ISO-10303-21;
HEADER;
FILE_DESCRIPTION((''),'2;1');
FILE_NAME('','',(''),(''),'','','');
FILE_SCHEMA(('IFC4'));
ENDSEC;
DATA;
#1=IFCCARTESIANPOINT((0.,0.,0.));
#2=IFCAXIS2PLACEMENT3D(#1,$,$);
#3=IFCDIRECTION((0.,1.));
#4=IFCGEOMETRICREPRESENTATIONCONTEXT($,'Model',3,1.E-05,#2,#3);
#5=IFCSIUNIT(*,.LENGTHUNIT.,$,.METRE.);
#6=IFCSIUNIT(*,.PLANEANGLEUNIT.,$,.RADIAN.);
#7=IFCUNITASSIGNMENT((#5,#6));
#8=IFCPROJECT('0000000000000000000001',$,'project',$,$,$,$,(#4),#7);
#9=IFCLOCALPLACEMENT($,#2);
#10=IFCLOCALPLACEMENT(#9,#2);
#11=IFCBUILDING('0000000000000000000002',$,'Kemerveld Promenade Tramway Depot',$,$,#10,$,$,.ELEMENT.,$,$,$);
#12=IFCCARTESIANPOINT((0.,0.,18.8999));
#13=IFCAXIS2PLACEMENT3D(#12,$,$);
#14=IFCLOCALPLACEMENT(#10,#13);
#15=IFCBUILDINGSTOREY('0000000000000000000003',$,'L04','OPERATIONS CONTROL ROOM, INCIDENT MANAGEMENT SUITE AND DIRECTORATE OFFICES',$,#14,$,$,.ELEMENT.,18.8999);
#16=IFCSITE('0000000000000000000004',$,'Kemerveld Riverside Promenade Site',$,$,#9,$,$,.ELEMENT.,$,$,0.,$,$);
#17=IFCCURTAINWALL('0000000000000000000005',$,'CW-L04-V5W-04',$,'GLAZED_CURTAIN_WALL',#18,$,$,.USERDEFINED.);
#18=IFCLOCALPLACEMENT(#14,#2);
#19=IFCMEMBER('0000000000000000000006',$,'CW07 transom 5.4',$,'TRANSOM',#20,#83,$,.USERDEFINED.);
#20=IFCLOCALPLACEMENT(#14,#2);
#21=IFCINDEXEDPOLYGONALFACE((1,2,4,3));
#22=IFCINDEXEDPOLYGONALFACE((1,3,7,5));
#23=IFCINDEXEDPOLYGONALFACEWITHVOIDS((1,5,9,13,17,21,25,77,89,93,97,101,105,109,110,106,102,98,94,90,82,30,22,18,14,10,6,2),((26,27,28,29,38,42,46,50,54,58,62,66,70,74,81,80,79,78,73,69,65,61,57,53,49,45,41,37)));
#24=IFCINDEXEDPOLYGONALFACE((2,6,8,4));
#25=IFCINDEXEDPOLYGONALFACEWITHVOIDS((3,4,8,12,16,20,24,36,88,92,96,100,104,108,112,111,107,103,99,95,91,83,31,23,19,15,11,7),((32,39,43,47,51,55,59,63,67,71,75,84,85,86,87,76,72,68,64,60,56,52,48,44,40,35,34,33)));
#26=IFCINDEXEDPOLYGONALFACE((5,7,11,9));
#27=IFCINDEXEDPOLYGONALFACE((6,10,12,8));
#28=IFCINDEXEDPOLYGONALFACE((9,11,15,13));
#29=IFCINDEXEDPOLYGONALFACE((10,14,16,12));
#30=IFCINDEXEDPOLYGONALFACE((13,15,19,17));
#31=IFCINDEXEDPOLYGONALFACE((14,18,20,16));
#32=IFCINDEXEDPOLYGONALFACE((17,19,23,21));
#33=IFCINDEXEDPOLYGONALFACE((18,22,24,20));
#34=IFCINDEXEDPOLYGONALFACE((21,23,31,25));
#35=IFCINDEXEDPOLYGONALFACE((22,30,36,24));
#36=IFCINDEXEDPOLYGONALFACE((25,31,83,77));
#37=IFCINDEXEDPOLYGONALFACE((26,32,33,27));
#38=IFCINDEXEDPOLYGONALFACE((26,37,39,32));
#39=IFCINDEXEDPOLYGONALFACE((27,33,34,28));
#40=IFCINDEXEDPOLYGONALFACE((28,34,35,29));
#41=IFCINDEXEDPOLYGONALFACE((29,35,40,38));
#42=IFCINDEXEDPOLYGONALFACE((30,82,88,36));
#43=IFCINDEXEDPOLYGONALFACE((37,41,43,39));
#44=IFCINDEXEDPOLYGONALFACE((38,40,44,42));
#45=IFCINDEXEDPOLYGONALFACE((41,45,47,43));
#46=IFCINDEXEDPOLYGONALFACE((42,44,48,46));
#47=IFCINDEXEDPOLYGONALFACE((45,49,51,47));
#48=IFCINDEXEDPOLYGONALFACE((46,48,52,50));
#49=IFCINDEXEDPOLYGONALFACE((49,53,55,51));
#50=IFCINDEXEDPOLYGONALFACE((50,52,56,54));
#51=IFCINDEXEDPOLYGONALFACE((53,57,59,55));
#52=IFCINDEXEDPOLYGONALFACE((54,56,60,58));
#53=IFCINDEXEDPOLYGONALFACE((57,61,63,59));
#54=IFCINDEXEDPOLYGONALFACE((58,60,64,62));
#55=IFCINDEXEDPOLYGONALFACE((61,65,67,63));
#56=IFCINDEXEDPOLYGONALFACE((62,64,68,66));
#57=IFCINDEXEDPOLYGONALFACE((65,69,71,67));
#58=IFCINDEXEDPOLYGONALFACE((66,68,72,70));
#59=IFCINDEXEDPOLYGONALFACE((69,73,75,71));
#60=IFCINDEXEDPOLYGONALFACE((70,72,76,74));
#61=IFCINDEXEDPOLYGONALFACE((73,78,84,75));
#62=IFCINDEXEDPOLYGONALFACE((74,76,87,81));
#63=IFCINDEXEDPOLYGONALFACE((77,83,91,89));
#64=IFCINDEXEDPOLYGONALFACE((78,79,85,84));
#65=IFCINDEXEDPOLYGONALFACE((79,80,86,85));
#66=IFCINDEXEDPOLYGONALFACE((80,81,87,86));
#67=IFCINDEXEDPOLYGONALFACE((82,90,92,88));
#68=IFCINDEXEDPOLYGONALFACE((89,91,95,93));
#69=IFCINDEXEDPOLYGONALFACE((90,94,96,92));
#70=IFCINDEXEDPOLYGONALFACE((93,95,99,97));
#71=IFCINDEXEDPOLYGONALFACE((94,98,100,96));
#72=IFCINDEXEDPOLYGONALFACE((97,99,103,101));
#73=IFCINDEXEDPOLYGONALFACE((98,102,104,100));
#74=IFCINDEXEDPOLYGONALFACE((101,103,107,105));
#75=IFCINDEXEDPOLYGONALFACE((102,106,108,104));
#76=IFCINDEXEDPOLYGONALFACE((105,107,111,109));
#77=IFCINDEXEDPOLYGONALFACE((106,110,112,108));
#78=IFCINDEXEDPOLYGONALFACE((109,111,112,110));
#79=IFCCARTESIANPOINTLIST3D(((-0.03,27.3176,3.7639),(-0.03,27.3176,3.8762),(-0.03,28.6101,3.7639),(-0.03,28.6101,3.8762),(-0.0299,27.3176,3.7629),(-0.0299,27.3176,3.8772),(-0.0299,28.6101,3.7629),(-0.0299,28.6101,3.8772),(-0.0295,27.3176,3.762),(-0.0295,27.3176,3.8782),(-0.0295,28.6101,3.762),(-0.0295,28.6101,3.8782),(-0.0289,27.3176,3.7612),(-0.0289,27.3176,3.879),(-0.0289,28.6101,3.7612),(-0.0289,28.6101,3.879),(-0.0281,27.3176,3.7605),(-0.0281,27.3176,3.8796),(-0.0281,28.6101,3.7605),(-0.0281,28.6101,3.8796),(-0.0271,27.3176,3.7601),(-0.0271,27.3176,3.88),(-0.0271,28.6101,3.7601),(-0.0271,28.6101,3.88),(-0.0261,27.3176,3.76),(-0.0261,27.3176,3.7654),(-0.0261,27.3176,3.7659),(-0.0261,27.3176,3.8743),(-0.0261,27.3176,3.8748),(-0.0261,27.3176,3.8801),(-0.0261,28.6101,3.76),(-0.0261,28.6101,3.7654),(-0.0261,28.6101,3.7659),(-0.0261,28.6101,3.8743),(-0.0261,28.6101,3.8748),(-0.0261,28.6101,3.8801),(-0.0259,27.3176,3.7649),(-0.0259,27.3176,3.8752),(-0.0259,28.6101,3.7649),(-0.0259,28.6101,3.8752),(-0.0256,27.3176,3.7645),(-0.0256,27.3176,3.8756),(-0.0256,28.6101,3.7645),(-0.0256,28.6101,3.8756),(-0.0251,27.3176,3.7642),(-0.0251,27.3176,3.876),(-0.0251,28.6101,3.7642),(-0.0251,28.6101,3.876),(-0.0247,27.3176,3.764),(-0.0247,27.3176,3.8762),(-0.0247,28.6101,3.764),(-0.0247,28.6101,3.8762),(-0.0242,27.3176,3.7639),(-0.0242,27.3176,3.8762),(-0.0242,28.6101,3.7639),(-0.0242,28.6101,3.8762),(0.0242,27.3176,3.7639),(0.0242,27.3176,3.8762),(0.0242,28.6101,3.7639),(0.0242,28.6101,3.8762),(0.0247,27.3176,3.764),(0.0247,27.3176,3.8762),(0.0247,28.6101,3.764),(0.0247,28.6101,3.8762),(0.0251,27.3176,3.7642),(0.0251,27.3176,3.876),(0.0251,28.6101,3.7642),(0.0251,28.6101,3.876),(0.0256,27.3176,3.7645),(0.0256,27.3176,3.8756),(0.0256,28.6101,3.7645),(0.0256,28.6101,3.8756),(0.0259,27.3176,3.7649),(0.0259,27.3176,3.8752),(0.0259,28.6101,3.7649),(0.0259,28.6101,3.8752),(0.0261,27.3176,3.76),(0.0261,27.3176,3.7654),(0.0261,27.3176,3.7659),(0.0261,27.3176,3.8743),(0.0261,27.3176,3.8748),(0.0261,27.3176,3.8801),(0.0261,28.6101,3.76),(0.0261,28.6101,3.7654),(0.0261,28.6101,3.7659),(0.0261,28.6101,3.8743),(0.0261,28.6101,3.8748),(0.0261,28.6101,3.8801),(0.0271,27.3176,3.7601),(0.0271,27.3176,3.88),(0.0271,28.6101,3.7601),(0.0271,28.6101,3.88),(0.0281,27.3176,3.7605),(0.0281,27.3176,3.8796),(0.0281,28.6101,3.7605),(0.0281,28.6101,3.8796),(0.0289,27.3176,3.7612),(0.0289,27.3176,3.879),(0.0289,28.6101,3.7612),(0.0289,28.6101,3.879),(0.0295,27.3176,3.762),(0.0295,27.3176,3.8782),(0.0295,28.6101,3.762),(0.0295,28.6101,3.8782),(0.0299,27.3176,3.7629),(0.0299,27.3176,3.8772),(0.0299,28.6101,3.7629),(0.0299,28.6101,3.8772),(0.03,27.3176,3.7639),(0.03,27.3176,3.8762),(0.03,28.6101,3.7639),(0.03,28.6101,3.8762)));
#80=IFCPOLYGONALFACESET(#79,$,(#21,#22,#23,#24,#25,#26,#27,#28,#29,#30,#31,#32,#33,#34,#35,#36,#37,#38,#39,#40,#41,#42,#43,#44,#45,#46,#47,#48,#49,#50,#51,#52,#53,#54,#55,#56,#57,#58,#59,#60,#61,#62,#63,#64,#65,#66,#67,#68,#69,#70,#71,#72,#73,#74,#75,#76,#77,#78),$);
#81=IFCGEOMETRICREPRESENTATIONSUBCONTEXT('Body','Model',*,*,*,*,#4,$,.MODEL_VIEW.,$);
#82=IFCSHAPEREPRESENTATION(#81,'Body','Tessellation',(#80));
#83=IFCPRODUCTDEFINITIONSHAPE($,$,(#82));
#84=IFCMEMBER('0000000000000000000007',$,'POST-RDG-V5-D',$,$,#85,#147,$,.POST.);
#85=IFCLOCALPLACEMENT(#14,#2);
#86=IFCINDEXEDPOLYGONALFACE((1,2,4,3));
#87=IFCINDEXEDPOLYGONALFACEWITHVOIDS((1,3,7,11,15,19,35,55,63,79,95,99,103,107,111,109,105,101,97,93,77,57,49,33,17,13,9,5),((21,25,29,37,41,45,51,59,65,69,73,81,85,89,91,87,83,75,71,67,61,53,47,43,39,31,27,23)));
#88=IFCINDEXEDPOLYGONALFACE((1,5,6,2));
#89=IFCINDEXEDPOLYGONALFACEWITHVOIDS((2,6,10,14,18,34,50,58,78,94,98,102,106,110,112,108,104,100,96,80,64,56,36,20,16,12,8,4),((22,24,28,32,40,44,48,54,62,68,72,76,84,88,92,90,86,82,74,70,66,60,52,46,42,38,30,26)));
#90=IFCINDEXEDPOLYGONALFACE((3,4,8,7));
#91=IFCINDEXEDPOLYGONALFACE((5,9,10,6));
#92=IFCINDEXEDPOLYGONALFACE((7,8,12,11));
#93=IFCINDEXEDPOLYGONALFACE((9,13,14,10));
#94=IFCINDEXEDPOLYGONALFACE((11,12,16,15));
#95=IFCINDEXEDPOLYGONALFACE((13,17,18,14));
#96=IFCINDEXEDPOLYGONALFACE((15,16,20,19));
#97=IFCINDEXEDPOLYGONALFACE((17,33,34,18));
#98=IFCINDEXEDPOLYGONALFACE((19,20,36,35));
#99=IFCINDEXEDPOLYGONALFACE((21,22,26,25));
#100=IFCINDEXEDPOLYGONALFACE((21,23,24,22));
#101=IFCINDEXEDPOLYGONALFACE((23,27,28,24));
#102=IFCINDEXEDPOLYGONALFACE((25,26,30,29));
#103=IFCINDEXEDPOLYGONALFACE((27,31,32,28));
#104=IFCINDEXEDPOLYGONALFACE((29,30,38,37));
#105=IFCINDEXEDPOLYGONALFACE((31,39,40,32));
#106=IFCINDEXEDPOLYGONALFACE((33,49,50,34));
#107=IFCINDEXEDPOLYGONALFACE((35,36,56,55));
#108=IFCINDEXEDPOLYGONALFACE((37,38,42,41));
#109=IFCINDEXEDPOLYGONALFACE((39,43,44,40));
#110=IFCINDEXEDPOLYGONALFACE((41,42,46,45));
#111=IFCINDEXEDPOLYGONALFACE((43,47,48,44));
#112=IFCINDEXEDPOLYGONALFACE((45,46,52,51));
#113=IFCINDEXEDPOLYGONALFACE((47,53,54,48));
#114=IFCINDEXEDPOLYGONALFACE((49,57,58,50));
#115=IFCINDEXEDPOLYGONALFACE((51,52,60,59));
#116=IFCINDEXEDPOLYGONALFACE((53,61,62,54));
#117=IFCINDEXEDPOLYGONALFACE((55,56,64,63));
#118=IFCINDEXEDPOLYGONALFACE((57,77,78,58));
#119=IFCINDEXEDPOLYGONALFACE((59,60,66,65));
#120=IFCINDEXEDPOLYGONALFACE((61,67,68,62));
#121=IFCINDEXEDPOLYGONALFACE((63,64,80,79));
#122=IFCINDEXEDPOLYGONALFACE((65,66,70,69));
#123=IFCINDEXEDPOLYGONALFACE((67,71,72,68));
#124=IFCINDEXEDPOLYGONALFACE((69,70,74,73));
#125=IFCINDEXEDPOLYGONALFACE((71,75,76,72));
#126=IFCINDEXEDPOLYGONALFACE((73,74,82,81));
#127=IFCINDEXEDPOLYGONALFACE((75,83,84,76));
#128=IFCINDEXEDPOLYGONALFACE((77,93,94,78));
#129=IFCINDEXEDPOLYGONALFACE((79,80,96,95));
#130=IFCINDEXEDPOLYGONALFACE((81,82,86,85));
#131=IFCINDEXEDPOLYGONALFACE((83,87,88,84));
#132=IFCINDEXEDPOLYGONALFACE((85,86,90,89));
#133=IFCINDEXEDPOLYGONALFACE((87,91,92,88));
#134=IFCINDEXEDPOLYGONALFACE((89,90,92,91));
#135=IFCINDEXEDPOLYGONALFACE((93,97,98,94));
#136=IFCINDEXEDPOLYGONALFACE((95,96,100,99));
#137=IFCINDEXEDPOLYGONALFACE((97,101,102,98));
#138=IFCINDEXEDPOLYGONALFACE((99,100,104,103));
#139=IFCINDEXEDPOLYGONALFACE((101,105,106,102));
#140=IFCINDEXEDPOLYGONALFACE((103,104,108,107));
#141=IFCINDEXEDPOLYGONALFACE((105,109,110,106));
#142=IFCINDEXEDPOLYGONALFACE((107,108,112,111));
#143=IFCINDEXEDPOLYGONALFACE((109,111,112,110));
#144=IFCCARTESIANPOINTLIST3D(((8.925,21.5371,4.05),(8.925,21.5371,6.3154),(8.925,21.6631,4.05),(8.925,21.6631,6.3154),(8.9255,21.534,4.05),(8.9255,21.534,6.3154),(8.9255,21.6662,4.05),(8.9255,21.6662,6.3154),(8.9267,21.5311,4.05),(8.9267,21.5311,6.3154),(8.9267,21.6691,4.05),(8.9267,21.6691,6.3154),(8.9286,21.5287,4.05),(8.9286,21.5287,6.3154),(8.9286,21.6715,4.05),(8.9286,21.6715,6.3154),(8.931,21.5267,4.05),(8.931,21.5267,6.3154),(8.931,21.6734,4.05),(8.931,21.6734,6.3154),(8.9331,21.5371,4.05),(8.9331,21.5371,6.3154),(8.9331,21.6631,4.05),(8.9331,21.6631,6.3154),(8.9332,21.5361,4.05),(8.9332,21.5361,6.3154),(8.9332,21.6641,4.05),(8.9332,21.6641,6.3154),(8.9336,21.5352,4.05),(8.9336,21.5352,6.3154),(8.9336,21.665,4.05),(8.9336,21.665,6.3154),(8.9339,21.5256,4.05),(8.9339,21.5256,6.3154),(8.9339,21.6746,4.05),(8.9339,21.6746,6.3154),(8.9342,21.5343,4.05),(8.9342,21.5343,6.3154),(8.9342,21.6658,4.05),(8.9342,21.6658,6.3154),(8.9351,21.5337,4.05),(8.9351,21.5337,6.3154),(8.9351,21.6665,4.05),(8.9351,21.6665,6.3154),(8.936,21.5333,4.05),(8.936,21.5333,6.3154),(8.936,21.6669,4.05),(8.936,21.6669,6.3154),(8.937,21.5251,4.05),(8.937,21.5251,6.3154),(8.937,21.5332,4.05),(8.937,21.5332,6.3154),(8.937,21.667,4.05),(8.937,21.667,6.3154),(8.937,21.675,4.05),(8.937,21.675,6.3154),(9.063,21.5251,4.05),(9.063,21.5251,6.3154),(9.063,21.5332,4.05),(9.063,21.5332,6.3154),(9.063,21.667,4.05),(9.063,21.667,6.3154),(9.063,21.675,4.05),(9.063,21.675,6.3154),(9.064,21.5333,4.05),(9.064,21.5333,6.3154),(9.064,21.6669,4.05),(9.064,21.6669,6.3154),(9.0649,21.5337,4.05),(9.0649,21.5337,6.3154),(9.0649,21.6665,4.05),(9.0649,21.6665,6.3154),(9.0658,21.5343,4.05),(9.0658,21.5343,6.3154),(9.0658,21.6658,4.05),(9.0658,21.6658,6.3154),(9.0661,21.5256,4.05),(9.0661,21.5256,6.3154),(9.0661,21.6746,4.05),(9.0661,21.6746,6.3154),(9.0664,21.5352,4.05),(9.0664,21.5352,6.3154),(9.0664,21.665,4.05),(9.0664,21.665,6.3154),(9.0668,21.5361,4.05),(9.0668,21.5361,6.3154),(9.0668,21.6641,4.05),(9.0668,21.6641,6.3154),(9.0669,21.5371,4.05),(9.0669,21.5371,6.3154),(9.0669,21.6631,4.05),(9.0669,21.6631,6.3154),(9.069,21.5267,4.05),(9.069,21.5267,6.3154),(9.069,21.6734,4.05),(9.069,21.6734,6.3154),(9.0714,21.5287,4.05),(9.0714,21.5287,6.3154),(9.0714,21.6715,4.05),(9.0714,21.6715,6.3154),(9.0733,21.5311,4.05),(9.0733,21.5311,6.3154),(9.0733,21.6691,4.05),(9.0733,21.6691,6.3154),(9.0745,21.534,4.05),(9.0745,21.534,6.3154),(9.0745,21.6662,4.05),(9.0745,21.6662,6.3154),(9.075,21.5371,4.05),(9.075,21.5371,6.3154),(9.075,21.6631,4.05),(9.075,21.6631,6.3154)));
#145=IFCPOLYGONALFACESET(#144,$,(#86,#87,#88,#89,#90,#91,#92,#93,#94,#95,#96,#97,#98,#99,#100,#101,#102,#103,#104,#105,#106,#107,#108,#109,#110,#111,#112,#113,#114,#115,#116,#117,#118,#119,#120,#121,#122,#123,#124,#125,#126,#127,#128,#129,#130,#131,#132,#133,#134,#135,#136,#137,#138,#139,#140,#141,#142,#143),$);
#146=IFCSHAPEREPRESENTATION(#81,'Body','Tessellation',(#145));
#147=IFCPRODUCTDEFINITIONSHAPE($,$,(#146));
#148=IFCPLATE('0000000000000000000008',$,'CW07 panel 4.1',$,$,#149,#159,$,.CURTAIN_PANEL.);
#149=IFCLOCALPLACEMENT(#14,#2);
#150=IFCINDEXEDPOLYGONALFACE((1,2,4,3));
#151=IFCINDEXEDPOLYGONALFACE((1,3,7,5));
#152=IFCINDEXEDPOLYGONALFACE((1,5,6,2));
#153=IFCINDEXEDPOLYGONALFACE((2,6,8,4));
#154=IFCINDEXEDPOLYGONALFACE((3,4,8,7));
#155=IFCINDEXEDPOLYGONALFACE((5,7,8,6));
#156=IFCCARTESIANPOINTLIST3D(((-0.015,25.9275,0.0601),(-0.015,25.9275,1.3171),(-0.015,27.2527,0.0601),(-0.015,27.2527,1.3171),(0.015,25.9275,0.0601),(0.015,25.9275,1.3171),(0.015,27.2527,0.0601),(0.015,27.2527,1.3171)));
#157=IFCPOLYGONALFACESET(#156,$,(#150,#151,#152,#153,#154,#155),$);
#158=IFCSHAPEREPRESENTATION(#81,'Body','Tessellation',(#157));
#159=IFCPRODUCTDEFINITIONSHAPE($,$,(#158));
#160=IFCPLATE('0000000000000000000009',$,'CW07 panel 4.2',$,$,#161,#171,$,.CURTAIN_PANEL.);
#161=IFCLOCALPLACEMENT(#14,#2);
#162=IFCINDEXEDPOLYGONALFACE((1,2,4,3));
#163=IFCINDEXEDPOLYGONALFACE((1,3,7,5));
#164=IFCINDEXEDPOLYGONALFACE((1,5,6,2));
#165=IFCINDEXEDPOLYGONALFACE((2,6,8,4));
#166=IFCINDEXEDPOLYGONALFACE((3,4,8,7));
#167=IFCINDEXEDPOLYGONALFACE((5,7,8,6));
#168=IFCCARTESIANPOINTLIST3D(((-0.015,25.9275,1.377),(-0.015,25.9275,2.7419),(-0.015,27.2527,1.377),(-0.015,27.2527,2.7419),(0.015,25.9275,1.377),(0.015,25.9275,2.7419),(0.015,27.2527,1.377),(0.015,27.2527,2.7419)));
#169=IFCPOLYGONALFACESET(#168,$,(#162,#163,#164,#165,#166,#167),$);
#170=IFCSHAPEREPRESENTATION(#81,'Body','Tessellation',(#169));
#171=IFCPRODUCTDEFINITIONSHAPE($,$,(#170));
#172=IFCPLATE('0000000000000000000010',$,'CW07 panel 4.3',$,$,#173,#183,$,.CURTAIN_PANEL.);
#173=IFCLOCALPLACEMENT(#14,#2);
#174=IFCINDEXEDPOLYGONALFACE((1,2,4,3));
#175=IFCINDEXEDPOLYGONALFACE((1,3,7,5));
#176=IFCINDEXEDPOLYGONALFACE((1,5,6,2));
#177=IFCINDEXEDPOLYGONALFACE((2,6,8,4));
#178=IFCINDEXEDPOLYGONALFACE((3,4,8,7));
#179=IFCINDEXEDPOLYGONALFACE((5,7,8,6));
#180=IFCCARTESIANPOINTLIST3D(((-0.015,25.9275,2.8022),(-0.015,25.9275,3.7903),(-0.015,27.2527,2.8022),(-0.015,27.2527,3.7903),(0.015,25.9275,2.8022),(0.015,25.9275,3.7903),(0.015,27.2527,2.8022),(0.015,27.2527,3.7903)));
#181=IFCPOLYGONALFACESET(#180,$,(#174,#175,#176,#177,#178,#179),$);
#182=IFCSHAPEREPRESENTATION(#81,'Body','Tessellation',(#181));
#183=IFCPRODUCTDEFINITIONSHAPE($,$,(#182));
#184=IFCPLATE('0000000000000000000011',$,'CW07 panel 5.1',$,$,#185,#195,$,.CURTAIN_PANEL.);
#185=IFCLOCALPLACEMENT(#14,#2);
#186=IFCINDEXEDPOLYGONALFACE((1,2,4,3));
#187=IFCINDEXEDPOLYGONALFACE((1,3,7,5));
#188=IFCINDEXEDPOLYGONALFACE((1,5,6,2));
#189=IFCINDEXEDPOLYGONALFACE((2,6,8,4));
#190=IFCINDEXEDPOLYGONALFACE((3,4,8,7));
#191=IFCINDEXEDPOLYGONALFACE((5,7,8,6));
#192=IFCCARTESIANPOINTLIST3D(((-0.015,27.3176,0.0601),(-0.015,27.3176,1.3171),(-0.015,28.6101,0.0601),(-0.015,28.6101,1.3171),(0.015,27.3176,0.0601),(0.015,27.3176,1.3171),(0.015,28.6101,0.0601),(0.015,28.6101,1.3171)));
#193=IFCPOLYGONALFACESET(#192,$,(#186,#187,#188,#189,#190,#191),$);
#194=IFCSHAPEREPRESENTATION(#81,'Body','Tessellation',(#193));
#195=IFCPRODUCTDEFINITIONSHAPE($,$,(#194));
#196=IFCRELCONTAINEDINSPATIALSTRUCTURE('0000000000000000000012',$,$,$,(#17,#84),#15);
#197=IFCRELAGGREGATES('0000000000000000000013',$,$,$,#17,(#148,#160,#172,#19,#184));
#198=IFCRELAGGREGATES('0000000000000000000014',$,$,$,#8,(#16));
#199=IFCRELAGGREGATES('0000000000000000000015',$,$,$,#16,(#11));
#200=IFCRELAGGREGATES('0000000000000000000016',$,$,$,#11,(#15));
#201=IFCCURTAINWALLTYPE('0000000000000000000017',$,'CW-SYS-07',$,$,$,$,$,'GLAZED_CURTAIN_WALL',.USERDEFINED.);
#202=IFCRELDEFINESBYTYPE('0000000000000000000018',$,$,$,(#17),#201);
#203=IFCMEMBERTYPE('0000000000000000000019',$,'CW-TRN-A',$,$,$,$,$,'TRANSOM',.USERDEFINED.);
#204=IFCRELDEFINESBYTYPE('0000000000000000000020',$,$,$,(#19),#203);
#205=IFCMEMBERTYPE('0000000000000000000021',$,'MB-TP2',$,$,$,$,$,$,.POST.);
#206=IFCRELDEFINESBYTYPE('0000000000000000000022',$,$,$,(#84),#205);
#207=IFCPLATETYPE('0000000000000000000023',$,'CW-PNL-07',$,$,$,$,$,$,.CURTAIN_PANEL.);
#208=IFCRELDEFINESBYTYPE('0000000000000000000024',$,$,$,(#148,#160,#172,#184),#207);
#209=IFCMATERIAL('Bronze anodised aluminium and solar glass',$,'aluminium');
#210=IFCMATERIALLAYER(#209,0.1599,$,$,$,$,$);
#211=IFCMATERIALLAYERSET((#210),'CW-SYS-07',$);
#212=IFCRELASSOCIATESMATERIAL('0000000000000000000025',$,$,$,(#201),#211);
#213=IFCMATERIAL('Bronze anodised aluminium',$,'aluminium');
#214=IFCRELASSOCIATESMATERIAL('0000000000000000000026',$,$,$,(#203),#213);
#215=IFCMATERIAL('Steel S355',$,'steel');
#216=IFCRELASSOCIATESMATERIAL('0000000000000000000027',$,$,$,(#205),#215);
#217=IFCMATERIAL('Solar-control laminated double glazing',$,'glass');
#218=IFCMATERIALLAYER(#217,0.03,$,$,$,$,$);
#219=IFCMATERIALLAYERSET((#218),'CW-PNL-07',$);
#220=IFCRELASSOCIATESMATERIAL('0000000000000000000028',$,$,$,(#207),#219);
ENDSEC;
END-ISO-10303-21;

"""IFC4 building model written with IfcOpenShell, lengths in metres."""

from ifc_helpers import new_model, si_unit, direction, frame, origin, origin_2d, place, context, subcontext, project, spatial, rectangle, hollow_rectangle, extrude, material, layer, layer_set, material_profile, profile_set, type_object, element, aggregate, save


model = new_model("IFC4")

# Units and contexts
model_context = context("Model", 3, precision=1e-05, world=origin(), true_north=direction((0.0, 1.0)))
body_context = subcontext(model_context, "Body", "Model", "MODEL_VIEW")
ifc_project = project(units=[si_unit("LENGTHUNIT", "METRE"), si_unit("PLANEANGLEUNIT", "RADIAN")], contexts=[model_context])

# Site, building, storey
site_placement = place(None, origin())
site = spatial("IfcSite", under=ifc_project, at=site_placement, Name="Kemerveld Riverside Promenade Site", CompositionType="ELEMENT", RefElevation=0.0)
building_placement = place(site_placement, origin())
building = spatial("IfcBuilding", under=site, at=building_placement, Name="Kemerveld Promenade Tramway Depot", CompositionType="ELEMENT")
storey_placement = place(building_placement, frame((0.0, 0.0, 18.8999)))
storey = spatial("IfcBuildingStorey", under=building, at=storey_placement, Name="L04", Description="OPERATIONS CONTROL ROOM, INCIDENT MANAGEMENT SUITE AND DIRECTORATE OFFICES", CompositionType="ELEMENT", Elevation=18.8999)

# Shared definitions
ifc_material_1 = material(Name="Steel S355", Category="steel")

# Curtain wall, member
ifc_material_2 = material(Name="Bronze anodised aluminium and solar glass", Category="aluminium")
ifc_layer_1 = layer(ifc_material_2, 0.1599)
ifc_layer_set_1 = layer_set([ifc_layer_1], Name="CW-SYS-07")
curtain_wall_type = type_object("IfcCurtainWallType", Name="CW-SYS-07", ElementType="GLAZED_CURTAIN_WALL", PredefinedType="USERDEFINED", material=ifc_layer_set_1)
curtain_wall_placement = place(storey_placement, origin())
curtain_wall = element("IfcCurtainWall", 1, at=curtain_wall_placement, inside=storey, type_object=curtain_wall_type, Name="CW-L04-V5W-04", ObjectType="GLAZED_CURTAIN_WALL", PredefinedType="USERDEFINED")
ifc_material_3 = material(Name="Bronze anodised aluminium", Category="aluminium")
ifc_material_profile_1 = material_profile(ifc_material_3, hollow_rectangle(XDim=0.0601, YDim=0.1201, WallThickness=0.0039, InnerFilletRadius=0.002, OuterFilletRadius=0.0039, at=origin_2d()), Name="CW-TRN-120x60")
ifc_profile_set_1 = profile_set([ifc_material_profile_1], Name="Bronze anodised aluminium")
member_type_1 = type_object("IfcMemberType", Name="CW-TRN-A", ElementType="TRANSOM", PredefinedType="USERDEFINED", material=ifc_profile_set_1)
member_1_placement = place(storey_placement, frame((0.0, 27.3176, 3.8201), z_axis=(0.0, 1.0, 0.0), x_axis=(-1.0, 0.0, 0.0)))
member_1 = element("IfcMember", 2, at=member_1_placement, type_object=member_type_1, Name="CW07 transom 5.4", ObjectType="TRANSOM", PredefinedType="USERDEFINED", context=body_context, shape_type="SweptSolid", body=[
    extrude(hollow_rectangle(XDim=0.0601, YDim=0.1201, WallThickness=0.0039, InnerFilletRadius=0.002, OuterFilletRadius=0.0039, at=origin_2d()), origin(), (0.0, 0.0, 1.0), 1.2925),
])

# Member
ifc_material_profile_2 = material_profile(ifc_material_1, hollow_rectangle(XDim=0.1499, YDim=0.1499, WallThickness=0.0081, InnerFilletRadius=0.0039, OuterFilletRadius=0.012, at=origin_2d()), Name="150x150x8.0 SHS")
ifc_profile_set_2 = profile_set([ifc_material_profile_2], Name="Steel S355")
member_type_2 = type_object("IfcMemberType", Name="MB-TP2", PredefinedType="POST", material=ifc_profile_set_2)
member_2_placement = place(storey_placement, frame((9.0, 21.6001, 4.05), z_axis=(0.0, 0.0, 1.0), x_axis=(1.0, 0.0, 0.0)))
element("IfcMember", 3, at=member_2_placement, inside=storey, type_object=member_type_2, Name="POST-RDG-V5-D", PredefinedType="POST", context=body_context, shape_type="SweptSolid", body=[
    extrude(hollow_rectangle(XDim=0.1499, YDim=0.1499, WallThickness=0.0081, InnerFilletRadius=0.0039, OuterFilletRadius=0.012, at=origin_2d()), origin(), (0.0, 0.0, 1.0), 2.2654),
])

# Plates
ifc_material_4 = material(Name="Solar-control laminated double glazing", Category="glass")
ifc_layer_2 = layer(ifc_material_4, 0.03)
ifc_layer_set_2 = layer_set([ifc_layer_2], Name="CW-PNL-07")
plate_type_1 = type_object("IfcPlateType", Name="CW-PNL-07", PredefinedType="CURTAIN_PANEL", material=ifc_layer_set_2)
plate_1_placement = place(storey_placement, frame((0.0, 26.5901, 0.0601), z_axis=(0.0, 0.0, 1.0), x_axis=(0.0, 1.0, 0.0)))
plate_1 = element("IfcPlate", 4, at=plate_1_placement, type_object=plate_type_1, Name="CW07 panel 4.1", PredefinedType="CURTAIN_PANEL", context=body_context, shape_type="SweptSolid", body=[
    extrude(rectangle(XDim=1.3252, YDim=0.03, at=origin_2d()), origin(), (0.0, 0.0, 1.0), 1.2571),
])
plate_2_placement = place(storey_placement, frame((0.0, 26.5901, 1.377), z_axis=(0.0, 0.0, 1.0), x_axis=(0.0, 1.0, 0.0)))
plate_2 = element("IfcPlate", 5, at=plate_2_placement, type_object=plate_type_1, Name="CW07 panel 4.2", PredefinedType="CURTAIN_PANEL", context=body_context, shape_type="SweptSolid", body=[
    extrude(rectangle(XDim=1.3252, YDim=0.03, at=origin_2d()), origin(), (0.0, 0.0, 1.0), 1.365),
])
plate_3_placement = place(storey_placement, frame((0.0, 26.5901, 2.8022), z_axis=(0.0, 0.0, 1.0), x_axis=(0.0, 1.0, 0.0)))
plate_3 = element("IfcPlate", 6, at=plate_3_placement, type_object=plate_type_1, Name="CW07 panel 4.3", PredefinedType="CURTAIN_PANEL", context=body_context, shape_type="SweptSolid", body=[
    extrude(rectangle(XDim=1.3252, YDim=0.03, at=origin_2d()), origin(), (0.0, 0.0, 1.0), 0.988),
])
plate_4_placement = place(storey_placement, frame((0.0, 27.9639, 0.0601), z_axis=(0.0, 0.0, 1.0), x_axis=(0.0, 1.0, 0.0)))
plate_4 = element("IfcPlate", 7, at=plate_4_placement, type_object=plate_type_1, Name="CW07 panel 5.1", PredefinedType="CURTAIN_PANEL", context=body_context, shape_type="SweptSolid", body=[
    extrude(rectangle(XDim=1.2925, YDim=0.03, at=origin_2d()), origin(), (0.0, 0.0, 1.0), 1.2571),
])
aggregate(curtain_wall, [plate_1, plate_2, plate_3, member_1, plate_4])

save(model, "model.ifc")
